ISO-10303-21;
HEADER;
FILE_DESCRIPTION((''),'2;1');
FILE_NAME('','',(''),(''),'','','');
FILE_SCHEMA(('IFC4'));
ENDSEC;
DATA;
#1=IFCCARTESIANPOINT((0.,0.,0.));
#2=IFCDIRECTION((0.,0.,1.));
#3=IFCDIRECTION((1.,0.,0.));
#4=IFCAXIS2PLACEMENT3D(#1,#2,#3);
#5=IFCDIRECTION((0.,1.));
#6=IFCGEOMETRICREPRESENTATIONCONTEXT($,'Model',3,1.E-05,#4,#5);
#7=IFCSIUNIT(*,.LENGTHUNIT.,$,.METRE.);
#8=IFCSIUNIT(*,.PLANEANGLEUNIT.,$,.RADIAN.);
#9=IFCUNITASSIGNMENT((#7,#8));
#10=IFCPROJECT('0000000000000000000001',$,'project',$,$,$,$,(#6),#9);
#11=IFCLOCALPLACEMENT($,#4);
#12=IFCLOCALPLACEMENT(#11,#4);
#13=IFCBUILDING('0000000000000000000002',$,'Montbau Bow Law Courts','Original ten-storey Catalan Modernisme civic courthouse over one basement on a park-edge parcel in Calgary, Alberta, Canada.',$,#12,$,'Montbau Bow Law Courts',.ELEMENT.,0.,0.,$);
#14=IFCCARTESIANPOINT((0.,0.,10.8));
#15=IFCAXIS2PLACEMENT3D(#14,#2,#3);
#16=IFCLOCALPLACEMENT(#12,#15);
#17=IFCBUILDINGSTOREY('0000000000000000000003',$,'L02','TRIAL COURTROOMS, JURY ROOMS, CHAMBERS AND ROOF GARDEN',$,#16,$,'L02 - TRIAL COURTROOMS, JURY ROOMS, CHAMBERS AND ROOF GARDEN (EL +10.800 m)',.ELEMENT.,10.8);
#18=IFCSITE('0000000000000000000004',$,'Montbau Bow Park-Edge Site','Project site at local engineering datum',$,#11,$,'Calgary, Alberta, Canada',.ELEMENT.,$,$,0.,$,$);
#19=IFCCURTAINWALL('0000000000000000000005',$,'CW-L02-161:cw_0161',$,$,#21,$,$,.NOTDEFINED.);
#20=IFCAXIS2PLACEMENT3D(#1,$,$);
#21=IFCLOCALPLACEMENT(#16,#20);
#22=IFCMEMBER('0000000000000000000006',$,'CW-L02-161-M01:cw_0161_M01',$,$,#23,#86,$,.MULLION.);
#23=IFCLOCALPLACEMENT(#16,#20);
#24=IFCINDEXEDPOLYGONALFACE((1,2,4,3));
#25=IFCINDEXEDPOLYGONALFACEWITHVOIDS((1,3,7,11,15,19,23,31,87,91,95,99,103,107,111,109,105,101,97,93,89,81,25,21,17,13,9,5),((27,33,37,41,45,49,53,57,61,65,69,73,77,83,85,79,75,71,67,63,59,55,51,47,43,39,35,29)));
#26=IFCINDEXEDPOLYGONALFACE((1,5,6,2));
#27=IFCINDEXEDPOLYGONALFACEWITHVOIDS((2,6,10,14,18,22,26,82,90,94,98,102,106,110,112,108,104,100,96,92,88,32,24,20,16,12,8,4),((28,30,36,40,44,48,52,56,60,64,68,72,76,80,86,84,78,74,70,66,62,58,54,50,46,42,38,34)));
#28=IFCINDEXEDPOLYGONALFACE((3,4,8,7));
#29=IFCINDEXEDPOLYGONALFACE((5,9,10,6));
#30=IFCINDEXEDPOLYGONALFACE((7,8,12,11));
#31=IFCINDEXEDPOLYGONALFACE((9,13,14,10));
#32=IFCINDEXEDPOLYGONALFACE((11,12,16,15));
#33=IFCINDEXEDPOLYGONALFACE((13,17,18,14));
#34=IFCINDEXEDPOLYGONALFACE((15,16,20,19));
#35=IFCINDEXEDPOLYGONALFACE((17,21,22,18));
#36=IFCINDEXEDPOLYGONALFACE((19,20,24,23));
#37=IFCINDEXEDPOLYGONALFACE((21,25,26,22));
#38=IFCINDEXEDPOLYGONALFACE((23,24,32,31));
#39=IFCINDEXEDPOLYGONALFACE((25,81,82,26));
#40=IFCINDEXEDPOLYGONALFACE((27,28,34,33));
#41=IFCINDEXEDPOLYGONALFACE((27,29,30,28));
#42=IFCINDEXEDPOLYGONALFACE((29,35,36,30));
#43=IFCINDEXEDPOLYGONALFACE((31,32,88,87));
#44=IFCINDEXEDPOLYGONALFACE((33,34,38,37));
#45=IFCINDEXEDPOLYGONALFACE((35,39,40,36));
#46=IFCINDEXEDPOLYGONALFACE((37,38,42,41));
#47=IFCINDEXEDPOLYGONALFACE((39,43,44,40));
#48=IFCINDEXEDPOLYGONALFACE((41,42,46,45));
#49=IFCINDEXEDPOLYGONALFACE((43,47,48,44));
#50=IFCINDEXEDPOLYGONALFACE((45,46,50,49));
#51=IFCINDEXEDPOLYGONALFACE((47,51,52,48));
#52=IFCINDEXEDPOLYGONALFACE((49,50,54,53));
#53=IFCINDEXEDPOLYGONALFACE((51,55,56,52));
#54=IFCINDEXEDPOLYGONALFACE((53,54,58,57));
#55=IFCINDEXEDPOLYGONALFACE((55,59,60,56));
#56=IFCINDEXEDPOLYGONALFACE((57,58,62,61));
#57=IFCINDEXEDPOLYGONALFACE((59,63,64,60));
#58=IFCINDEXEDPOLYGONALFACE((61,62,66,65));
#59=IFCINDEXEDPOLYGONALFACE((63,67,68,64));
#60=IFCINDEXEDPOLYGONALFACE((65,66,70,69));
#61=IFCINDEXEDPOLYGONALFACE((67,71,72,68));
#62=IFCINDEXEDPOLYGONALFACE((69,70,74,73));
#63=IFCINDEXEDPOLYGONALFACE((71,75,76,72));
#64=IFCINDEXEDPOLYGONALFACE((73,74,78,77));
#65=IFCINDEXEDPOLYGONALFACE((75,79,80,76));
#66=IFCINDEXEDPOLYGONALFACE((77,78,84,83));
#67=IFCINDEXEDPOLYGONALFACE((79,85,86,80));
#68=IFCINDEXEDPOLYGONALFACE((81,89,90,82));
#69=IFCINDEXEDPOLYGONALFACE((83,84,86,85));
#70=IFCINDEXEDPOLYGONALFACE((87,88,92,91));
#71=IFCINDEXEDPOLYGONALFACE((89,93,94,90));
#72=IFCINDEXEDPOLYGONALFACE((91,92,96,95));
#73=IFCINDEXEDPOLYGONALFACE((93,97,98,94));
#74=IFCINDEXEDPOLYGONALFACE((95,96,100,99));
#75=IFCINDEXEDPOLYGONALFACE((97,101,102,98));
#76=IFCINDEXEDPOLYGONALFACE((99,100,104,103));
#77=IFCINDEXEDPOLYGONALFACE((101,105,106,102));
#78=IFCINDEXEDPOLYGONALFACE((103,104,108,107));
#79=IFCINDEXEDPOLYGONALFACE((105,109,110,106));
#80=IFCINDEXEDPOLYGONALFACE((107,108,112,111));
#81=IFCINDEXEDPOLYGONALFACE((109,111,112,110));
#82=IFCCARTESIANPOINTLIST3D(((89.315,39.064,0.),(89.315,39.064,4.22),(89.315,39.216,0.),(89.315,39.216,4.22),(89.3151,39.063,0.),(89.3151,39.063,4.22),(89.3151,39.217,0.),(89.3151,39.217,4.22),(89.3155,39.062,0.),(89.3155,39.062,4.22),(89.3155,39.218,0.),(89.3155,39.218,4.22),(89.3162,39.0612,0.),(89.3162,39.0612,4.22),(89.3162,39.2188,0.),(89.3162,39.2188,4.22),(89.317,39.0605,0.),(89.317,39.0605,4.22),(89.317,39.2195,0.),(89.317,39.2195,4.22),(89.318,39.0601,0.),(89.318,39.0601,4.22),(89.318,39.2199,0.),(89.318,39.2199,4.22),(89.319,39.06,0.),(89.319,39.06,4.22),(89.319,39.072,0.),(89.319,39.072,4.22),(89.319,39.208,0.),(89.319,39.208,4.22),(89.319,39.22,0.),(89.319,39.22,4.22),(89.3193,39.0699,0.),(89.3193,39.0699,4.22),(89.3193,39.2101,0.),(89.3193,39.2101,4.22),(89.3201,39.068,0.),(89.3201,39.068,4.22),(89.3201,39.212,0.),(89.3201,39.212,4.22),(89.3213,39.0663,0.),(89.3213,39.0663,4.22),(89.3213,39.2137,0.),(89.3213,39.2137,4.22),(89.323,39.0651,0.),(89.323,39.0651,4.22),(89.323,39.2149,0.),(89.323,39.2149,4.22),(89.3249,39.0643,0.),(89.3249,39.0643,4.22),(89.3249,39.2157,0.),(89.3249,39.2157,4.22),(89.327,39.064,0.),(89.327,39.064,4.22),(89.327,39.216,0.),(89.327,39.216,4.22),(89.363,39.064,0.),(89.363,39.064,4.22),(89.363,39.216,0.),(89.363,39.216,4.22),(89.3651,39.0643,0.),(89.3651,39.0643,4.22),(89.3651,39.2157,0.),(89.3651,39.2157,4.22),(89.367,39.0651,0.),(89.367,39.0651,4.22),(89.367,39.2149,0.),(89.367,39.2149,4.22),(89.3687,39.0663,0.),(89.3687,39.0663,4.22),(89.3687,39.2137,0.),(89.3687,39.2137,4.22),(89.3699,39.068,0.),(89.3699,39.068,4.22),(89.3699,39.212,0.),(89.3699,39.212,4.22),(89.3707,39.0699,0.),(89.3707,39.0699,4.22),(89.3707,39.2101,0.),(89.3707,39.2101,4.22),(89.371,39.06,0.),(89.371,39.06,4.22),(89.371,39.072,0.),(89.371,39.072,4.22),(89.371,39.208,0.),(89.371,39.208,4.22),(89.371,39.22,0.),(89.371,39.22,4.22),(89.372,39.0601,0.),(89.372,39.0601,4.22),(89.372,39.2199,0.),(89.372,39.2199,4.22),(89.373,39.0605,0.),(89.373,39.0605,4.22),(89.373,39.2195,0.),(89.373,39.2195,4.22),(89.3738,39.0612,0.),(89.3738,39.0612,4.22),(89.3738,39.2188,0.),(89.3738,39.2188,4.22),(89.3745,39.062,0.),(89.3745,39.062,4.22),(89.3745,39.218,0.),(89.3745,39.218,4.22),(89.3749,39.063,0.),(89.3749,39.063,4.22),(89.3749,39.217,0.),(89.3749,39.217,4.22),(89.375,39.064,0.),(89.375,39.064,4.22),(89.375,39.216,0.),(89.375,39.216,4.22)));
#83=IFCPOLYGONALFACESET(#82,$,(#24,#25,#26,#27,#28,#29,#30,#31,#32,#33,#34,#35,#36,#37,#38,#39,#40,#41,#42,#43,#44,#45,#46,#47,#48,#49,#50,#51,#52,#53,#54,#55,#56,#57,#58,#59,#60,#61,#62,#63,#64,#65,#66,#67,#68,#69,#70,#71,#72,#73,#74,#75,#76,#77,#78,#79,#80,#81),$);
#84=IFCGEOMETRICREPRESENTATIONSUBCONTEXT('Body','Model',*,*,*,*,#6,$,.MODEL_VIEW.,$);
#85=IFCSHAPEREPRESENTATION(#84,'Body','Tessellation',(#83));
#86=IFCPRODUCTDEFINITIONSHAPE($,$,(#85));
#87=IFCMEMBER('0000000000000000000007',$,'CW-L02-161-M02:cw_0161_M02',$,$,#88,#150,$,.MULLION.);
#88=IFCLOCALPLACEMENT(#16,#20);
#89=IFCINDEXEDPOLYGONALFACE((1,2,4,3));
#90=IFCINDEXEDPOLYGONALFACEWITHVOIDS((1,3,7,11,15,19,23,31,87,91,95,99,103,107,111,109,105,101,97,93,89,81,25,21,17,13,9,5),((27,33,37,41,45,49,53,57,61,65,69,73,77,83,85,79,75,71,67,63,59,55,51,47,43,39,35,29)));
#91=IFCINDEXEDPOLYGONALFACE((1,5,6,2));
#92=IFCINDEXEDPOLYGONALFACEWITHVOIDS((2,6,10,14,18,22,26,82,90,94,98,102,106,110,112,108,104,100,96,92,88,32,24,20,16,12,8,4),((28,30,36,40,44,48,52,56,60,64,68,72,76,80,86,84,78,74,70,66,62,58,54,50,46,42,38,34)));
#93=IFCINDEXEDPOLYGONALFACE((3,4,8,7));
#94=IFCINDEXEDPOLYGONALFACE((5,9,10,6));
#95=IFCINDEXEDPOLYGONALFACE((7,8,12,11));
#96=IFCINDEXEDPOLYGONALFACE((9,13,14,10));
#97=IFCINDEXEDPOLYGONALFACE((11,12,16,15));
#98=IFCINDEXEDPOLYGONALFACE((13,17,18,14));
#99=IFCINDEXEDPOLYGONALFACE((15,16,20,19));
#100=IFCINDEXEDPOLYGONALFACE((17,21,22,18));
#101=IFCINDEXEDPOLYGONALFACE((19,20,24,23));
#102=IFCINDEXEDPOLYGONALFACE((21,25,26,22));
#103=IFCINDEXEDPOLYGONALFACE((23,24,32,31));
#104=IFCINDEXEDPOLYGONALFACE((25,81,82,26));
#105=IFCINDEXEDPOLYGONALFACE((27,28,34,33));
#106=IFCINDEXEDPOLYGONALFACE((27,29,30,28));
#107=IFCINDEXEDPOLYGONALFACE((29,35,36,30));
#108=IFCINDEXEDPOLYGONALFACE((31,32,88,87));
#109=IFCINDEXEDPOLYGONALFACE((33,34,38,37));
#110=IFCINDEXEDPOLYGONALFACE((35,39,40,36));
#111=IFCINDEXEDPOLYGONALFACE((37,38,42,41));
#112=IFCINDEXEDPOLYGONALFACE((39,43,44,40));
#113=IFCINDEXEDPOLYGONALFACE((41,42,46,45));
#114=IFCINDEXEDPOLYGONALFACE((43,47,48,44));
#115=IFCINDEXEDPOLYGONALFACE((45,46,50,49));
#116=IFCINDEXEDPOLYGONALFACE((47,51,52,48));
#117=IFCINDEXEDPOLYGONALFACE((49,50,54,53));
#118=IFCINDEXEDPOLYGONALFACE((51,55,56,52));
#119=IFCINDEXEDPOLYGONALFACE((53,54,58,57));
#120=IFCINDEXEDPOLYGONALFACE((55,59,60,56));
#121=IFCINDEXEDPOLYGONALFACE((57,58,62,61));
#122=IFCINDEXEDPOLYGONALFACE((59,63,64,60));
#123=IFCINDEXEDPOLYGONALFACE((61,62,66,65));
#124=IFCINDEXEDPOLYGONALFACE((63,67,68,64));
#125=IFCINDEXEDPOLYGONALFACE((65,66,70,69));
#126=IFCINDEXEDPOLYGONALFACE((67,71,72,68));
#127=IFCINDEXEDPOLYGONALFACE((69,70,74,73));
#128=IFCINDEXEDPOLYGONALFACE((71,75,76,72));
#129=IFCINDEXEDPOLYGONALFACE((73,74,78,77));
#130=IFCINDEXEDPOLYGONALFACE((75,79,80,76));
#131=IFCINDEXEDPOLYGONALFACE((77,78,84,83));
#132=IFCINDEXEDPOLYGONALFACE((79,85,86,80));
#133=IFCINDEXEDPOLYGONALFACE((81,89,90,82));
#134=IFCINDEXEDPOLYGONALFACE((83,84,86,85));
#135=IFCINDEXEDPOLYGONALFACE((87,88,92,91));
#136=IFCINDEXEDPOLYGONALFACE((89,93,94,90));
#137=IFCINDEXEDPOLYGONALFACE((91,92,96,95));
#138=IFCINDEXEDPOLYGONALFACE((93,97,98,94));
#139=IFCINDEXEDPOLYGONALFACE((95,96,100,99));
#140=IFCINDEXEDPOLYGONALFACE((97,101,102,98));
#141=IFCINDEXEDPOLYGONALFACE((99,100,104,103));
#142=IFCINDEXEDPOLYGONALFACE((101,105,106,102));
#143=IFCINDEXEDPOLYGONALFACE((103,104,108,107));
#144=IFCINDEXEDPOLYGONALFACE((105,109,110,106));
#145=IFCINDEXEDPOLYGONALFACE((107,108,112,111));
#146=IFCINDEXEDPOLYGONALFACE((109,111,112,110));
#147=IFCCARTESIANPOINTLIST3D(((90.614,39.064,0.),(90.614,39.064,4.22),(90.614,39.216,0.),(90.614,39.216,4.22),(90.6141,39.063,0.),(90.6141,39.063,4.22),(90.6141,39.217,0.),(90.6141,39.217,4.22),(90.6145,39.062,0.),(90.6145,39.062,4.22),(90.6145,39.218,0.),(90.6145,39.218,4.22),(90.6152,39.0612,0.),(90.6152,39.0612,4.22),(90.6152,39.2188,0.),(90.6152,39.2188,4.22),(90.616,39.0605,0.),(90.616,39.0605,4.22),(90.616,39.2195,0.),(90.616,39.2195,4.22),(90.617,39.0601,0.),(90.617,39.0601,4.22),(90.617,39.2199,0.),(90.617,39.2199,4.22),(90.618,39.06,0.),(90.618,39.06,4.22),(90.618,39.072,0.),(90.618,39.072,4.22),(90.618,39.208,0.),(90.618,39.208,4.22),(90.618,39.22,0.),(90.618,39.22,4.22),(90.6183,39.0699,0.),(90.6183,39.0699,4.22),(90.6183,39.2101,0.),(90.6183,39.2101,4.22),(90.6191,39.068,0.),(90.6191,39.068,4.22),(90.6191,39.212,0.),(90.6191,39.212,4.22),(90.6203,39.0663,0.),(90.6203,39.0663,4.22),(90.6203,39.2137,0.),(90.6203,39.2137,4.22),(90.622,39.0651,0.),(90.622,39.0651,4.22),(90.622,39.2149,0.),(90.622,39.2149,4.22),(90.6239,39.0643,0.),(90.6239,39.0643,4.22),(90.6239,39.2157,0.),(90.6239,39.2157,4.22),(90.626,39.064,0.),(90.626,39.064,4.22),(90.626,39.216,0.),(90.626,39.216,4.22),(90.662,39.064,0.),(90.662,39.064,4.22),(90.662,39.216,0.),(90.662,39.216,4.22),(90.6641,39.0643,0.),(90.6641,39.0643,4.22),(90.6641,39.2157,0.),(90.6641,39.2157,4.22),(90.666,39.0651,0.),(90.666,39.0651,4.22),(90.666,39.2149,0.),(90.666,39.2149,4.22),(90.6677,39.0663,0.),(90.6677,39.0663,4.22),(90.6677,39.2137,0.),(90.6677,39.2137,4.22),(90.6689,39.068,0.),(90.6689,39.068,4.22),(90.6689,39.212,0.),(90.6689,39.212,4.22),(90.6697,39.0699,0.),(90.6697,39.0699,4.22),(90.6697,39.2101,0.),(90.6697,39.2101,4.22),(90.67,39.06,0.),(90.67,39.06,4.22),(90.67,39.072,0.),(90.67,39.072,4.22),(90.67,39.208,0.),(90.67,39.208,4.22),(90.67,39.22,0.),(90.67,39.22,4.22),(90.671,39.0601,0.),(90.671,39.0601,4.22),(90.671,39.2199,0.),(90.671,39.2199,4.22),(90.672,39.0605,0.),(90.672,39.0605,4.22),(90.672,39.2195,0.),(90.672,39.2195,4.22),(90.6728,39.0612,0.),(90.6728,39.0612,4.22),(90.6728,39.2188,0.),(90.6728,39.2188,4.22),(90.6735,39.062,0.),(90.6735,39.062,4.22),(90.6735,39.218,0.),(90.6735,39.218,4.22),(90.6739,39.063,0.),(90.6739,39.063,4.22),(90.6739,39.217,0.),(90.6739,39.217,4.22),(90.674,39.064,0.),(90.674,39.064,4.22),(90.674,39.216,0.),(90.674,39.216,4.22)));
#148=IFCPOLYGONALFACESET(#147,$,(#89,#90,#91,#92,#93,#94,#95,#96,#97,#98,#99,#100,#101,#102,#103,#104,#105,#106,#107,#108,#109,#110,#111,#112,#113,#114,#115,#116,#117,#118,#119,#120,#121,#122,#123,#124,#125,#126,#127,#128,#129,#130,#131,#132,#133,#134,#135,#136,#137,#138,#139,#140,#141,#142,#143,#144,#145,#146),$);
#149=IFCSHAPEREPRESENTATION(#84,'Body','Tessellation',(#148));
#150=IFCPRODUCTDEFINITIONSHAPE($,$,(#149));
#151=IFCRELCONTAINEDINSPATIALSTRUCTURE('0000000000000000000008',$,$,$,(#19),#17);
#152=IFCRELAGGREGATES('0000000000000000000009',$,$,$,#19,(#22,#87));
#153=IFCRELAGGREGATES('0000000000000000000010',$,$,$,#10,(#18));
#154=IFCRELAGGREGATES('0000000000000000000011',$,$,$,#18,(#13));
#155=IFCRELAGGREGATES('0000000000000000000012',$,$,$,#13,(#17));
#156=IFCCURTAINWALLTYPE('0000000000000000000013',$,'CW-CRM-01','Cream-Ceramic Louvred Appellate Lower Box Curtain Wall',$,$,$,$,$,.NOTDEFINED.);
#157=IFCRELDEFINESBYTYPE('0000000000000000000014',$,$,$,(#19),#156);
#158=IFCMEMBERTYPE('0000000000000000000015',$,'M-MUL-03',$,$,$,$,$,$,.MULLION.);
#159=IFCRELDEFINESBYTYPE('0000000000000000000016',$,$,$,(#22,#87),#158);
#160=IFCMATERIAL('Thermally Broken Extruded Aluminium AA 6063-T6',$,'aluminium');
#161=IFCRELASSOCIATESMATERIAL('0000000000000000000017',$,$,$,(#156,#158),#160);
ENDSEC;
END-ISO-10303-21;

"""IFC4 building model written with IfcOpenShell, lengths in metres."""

from ifc_helpers import new_model, si_unit, direction, frame, origin_with_axes, origin_2d_with_axis, place, context, subcontext, project, spatial, hollow_rectangle, extrude, material, material_profile, profile_set, type_object, element, aggregate, save


model = new_model("IFC4")

# Units and contexts
model_context = context("Model", 3, precision=1e-05, world=origin_with_axes(), true_north=direction((0.0, 1.0)))
body_context = subcontext(model_context, "Body", "Model", "MODEL_VIEW")
ifc_project = project(units=[si_unit("LENGTHUNIT", "METRE"), si_unit("PLANEANGLEUNIT", "RADIAN")], contexts=[model_context])

# Site, building, storey
site_placement = place(None, origin_with_axes())
site = spatial("IfcSite", under=ifc_project, at=site_placement, Name="Montbau Bow Park-Edge Site", Description="Project site at local engineering datum", LongName="Calgary, Alberta, Canada", CompositionType="ELEMENT", RefElevation=0.0)
building_placement = place(site_placement, origin_with_axes())
building = spatial("IfcBuilding", under=site, at=building_placement, Name="Montbau Bow Law Courts", Description="Original ten-storey Catalan Modernisme civic courthouse over one basement on a park-edge parcel in Calgary, Alberta, Canada.", LongName="Montbau Bow Law Courts", CompositionType="ELEMENT", ElevationOfRefHeight=0.0, ElevationOfTerrain=0.0)
storey_placement = place(building_placement, frame((0.0, 0.0, 10.8), z_axis=(0.0, 0.0, 1.0), x_axis=(1.0, 0.0, 0.0)))
storey = spatial("IfcBuildingStorey", under=building, at=storey_placement, Name="L02", Description="TRIAL COURTROOMS, JURY ROOMS, CHAMBERS AND ROOF GARDEN", LongName="L02 - TRIAL COURTROOMS, JURY ROOMS, CHAMBERS AND ROOF GARDEN (EL +10.800 m)", CompositionType="ELEMENT", Elevation=10.8)

# Curtain wall, members
ifc_material_1 = material(Name="Thermally Broken Extruded Aluminium AA 6063-T6", Category="aluminium")
curtain_wall_type = type_object("IfcCurtainWallType", Name="CW-CRM-01", Description="Cream-Ceramic Louvred Appellate Lower Box Curtain Wall", PredefinedType="NOTDEFINED", material=ifc_material_1)
curtain_wall_1_placement = place(None, frame((89.315, 39.14, 10.8), z_axis=(0.0, 0.0, 1.0), x_axis=(1.0, 0.0, 0.0)))
curtain_wall_1 = element("IfcCurtainWall", 1, at=curtain_wall_1_placement, inside=storey, type_object=curtain_wall_type, Name="CW-L02-161:cw_0161", PredefinedType="NOTDEFINED")
ifc_material_profile_1 = material_profile(ifc_material_1, hollow_rectangle(XDim=0.06, YDim=0.16, WallThickness=0.004, InnerFilletRadius=0.008, OuterFilletRadius=0.004, at=origin_2d_with_axis()), Name="CWM-160X60", Category="Main", Priority=0)
ifc_profile_set_1 = profile_set([ifc_material_profile_1], Name="Thermally Broken Extruded Aluminium AA 6063-T6")
member_type_1 = type_object("IfcMemberType", Name="M-MUL-03", PredefinedType="MULLION", material=ifc_profile_set_1)
member_1_placement = place(None, frame((89.345, 39.14, 10.8), z_axis=(0.0, 0.0, 1.0), x_axis=(1.0, 0.0, 0.0)))
member_1 = element("IfcMember", 2, at=member_1_placement, type_object=member_type_1, Name="CW-L02-161-M01:cw_0161_M01", PredefinedType="MULLION", context=body_context, shape_type="SweptSolid", body=[
    extrude(hollow_rectangle(XDim=0.06, YDim=0.16, WallThickness=0.004, InnerFilletRadius=0.008, OuterFilletRadius=0.004, at=origin_2d_with_axis()), origin_with_axes(), (0.0, 0.0, 1.0), 4.22),
])
member_2_placement = place(None, frame((90.644, 39.14, 10.8), z_axis=(0.0, 0.0, 1.0), x_axis=(1.0, 0.0, 0.0)))
member_2 = element("IfcMember", 3, at=member_2_placement, type_object=member_type_1, Name="CW-L02-161-M02:cw_0161_M02", PredefinedType="MULLION", context=body_context, shape_type="SweptSolid", body=[
    extrude(hollow_rectangle(XDim=0.06, YDim=0.16, WallThickness=0.004, InnerFilletRadius=0.008, OuterFilletRadius=0.004, at=origin_2d_with_axis()), origin_with_axes(), (0.0, 0.0, 1.0), 4.22),
])

aggregate(curtain_wall_1, [member_1, member_2])

save(model, "model.ifc")
